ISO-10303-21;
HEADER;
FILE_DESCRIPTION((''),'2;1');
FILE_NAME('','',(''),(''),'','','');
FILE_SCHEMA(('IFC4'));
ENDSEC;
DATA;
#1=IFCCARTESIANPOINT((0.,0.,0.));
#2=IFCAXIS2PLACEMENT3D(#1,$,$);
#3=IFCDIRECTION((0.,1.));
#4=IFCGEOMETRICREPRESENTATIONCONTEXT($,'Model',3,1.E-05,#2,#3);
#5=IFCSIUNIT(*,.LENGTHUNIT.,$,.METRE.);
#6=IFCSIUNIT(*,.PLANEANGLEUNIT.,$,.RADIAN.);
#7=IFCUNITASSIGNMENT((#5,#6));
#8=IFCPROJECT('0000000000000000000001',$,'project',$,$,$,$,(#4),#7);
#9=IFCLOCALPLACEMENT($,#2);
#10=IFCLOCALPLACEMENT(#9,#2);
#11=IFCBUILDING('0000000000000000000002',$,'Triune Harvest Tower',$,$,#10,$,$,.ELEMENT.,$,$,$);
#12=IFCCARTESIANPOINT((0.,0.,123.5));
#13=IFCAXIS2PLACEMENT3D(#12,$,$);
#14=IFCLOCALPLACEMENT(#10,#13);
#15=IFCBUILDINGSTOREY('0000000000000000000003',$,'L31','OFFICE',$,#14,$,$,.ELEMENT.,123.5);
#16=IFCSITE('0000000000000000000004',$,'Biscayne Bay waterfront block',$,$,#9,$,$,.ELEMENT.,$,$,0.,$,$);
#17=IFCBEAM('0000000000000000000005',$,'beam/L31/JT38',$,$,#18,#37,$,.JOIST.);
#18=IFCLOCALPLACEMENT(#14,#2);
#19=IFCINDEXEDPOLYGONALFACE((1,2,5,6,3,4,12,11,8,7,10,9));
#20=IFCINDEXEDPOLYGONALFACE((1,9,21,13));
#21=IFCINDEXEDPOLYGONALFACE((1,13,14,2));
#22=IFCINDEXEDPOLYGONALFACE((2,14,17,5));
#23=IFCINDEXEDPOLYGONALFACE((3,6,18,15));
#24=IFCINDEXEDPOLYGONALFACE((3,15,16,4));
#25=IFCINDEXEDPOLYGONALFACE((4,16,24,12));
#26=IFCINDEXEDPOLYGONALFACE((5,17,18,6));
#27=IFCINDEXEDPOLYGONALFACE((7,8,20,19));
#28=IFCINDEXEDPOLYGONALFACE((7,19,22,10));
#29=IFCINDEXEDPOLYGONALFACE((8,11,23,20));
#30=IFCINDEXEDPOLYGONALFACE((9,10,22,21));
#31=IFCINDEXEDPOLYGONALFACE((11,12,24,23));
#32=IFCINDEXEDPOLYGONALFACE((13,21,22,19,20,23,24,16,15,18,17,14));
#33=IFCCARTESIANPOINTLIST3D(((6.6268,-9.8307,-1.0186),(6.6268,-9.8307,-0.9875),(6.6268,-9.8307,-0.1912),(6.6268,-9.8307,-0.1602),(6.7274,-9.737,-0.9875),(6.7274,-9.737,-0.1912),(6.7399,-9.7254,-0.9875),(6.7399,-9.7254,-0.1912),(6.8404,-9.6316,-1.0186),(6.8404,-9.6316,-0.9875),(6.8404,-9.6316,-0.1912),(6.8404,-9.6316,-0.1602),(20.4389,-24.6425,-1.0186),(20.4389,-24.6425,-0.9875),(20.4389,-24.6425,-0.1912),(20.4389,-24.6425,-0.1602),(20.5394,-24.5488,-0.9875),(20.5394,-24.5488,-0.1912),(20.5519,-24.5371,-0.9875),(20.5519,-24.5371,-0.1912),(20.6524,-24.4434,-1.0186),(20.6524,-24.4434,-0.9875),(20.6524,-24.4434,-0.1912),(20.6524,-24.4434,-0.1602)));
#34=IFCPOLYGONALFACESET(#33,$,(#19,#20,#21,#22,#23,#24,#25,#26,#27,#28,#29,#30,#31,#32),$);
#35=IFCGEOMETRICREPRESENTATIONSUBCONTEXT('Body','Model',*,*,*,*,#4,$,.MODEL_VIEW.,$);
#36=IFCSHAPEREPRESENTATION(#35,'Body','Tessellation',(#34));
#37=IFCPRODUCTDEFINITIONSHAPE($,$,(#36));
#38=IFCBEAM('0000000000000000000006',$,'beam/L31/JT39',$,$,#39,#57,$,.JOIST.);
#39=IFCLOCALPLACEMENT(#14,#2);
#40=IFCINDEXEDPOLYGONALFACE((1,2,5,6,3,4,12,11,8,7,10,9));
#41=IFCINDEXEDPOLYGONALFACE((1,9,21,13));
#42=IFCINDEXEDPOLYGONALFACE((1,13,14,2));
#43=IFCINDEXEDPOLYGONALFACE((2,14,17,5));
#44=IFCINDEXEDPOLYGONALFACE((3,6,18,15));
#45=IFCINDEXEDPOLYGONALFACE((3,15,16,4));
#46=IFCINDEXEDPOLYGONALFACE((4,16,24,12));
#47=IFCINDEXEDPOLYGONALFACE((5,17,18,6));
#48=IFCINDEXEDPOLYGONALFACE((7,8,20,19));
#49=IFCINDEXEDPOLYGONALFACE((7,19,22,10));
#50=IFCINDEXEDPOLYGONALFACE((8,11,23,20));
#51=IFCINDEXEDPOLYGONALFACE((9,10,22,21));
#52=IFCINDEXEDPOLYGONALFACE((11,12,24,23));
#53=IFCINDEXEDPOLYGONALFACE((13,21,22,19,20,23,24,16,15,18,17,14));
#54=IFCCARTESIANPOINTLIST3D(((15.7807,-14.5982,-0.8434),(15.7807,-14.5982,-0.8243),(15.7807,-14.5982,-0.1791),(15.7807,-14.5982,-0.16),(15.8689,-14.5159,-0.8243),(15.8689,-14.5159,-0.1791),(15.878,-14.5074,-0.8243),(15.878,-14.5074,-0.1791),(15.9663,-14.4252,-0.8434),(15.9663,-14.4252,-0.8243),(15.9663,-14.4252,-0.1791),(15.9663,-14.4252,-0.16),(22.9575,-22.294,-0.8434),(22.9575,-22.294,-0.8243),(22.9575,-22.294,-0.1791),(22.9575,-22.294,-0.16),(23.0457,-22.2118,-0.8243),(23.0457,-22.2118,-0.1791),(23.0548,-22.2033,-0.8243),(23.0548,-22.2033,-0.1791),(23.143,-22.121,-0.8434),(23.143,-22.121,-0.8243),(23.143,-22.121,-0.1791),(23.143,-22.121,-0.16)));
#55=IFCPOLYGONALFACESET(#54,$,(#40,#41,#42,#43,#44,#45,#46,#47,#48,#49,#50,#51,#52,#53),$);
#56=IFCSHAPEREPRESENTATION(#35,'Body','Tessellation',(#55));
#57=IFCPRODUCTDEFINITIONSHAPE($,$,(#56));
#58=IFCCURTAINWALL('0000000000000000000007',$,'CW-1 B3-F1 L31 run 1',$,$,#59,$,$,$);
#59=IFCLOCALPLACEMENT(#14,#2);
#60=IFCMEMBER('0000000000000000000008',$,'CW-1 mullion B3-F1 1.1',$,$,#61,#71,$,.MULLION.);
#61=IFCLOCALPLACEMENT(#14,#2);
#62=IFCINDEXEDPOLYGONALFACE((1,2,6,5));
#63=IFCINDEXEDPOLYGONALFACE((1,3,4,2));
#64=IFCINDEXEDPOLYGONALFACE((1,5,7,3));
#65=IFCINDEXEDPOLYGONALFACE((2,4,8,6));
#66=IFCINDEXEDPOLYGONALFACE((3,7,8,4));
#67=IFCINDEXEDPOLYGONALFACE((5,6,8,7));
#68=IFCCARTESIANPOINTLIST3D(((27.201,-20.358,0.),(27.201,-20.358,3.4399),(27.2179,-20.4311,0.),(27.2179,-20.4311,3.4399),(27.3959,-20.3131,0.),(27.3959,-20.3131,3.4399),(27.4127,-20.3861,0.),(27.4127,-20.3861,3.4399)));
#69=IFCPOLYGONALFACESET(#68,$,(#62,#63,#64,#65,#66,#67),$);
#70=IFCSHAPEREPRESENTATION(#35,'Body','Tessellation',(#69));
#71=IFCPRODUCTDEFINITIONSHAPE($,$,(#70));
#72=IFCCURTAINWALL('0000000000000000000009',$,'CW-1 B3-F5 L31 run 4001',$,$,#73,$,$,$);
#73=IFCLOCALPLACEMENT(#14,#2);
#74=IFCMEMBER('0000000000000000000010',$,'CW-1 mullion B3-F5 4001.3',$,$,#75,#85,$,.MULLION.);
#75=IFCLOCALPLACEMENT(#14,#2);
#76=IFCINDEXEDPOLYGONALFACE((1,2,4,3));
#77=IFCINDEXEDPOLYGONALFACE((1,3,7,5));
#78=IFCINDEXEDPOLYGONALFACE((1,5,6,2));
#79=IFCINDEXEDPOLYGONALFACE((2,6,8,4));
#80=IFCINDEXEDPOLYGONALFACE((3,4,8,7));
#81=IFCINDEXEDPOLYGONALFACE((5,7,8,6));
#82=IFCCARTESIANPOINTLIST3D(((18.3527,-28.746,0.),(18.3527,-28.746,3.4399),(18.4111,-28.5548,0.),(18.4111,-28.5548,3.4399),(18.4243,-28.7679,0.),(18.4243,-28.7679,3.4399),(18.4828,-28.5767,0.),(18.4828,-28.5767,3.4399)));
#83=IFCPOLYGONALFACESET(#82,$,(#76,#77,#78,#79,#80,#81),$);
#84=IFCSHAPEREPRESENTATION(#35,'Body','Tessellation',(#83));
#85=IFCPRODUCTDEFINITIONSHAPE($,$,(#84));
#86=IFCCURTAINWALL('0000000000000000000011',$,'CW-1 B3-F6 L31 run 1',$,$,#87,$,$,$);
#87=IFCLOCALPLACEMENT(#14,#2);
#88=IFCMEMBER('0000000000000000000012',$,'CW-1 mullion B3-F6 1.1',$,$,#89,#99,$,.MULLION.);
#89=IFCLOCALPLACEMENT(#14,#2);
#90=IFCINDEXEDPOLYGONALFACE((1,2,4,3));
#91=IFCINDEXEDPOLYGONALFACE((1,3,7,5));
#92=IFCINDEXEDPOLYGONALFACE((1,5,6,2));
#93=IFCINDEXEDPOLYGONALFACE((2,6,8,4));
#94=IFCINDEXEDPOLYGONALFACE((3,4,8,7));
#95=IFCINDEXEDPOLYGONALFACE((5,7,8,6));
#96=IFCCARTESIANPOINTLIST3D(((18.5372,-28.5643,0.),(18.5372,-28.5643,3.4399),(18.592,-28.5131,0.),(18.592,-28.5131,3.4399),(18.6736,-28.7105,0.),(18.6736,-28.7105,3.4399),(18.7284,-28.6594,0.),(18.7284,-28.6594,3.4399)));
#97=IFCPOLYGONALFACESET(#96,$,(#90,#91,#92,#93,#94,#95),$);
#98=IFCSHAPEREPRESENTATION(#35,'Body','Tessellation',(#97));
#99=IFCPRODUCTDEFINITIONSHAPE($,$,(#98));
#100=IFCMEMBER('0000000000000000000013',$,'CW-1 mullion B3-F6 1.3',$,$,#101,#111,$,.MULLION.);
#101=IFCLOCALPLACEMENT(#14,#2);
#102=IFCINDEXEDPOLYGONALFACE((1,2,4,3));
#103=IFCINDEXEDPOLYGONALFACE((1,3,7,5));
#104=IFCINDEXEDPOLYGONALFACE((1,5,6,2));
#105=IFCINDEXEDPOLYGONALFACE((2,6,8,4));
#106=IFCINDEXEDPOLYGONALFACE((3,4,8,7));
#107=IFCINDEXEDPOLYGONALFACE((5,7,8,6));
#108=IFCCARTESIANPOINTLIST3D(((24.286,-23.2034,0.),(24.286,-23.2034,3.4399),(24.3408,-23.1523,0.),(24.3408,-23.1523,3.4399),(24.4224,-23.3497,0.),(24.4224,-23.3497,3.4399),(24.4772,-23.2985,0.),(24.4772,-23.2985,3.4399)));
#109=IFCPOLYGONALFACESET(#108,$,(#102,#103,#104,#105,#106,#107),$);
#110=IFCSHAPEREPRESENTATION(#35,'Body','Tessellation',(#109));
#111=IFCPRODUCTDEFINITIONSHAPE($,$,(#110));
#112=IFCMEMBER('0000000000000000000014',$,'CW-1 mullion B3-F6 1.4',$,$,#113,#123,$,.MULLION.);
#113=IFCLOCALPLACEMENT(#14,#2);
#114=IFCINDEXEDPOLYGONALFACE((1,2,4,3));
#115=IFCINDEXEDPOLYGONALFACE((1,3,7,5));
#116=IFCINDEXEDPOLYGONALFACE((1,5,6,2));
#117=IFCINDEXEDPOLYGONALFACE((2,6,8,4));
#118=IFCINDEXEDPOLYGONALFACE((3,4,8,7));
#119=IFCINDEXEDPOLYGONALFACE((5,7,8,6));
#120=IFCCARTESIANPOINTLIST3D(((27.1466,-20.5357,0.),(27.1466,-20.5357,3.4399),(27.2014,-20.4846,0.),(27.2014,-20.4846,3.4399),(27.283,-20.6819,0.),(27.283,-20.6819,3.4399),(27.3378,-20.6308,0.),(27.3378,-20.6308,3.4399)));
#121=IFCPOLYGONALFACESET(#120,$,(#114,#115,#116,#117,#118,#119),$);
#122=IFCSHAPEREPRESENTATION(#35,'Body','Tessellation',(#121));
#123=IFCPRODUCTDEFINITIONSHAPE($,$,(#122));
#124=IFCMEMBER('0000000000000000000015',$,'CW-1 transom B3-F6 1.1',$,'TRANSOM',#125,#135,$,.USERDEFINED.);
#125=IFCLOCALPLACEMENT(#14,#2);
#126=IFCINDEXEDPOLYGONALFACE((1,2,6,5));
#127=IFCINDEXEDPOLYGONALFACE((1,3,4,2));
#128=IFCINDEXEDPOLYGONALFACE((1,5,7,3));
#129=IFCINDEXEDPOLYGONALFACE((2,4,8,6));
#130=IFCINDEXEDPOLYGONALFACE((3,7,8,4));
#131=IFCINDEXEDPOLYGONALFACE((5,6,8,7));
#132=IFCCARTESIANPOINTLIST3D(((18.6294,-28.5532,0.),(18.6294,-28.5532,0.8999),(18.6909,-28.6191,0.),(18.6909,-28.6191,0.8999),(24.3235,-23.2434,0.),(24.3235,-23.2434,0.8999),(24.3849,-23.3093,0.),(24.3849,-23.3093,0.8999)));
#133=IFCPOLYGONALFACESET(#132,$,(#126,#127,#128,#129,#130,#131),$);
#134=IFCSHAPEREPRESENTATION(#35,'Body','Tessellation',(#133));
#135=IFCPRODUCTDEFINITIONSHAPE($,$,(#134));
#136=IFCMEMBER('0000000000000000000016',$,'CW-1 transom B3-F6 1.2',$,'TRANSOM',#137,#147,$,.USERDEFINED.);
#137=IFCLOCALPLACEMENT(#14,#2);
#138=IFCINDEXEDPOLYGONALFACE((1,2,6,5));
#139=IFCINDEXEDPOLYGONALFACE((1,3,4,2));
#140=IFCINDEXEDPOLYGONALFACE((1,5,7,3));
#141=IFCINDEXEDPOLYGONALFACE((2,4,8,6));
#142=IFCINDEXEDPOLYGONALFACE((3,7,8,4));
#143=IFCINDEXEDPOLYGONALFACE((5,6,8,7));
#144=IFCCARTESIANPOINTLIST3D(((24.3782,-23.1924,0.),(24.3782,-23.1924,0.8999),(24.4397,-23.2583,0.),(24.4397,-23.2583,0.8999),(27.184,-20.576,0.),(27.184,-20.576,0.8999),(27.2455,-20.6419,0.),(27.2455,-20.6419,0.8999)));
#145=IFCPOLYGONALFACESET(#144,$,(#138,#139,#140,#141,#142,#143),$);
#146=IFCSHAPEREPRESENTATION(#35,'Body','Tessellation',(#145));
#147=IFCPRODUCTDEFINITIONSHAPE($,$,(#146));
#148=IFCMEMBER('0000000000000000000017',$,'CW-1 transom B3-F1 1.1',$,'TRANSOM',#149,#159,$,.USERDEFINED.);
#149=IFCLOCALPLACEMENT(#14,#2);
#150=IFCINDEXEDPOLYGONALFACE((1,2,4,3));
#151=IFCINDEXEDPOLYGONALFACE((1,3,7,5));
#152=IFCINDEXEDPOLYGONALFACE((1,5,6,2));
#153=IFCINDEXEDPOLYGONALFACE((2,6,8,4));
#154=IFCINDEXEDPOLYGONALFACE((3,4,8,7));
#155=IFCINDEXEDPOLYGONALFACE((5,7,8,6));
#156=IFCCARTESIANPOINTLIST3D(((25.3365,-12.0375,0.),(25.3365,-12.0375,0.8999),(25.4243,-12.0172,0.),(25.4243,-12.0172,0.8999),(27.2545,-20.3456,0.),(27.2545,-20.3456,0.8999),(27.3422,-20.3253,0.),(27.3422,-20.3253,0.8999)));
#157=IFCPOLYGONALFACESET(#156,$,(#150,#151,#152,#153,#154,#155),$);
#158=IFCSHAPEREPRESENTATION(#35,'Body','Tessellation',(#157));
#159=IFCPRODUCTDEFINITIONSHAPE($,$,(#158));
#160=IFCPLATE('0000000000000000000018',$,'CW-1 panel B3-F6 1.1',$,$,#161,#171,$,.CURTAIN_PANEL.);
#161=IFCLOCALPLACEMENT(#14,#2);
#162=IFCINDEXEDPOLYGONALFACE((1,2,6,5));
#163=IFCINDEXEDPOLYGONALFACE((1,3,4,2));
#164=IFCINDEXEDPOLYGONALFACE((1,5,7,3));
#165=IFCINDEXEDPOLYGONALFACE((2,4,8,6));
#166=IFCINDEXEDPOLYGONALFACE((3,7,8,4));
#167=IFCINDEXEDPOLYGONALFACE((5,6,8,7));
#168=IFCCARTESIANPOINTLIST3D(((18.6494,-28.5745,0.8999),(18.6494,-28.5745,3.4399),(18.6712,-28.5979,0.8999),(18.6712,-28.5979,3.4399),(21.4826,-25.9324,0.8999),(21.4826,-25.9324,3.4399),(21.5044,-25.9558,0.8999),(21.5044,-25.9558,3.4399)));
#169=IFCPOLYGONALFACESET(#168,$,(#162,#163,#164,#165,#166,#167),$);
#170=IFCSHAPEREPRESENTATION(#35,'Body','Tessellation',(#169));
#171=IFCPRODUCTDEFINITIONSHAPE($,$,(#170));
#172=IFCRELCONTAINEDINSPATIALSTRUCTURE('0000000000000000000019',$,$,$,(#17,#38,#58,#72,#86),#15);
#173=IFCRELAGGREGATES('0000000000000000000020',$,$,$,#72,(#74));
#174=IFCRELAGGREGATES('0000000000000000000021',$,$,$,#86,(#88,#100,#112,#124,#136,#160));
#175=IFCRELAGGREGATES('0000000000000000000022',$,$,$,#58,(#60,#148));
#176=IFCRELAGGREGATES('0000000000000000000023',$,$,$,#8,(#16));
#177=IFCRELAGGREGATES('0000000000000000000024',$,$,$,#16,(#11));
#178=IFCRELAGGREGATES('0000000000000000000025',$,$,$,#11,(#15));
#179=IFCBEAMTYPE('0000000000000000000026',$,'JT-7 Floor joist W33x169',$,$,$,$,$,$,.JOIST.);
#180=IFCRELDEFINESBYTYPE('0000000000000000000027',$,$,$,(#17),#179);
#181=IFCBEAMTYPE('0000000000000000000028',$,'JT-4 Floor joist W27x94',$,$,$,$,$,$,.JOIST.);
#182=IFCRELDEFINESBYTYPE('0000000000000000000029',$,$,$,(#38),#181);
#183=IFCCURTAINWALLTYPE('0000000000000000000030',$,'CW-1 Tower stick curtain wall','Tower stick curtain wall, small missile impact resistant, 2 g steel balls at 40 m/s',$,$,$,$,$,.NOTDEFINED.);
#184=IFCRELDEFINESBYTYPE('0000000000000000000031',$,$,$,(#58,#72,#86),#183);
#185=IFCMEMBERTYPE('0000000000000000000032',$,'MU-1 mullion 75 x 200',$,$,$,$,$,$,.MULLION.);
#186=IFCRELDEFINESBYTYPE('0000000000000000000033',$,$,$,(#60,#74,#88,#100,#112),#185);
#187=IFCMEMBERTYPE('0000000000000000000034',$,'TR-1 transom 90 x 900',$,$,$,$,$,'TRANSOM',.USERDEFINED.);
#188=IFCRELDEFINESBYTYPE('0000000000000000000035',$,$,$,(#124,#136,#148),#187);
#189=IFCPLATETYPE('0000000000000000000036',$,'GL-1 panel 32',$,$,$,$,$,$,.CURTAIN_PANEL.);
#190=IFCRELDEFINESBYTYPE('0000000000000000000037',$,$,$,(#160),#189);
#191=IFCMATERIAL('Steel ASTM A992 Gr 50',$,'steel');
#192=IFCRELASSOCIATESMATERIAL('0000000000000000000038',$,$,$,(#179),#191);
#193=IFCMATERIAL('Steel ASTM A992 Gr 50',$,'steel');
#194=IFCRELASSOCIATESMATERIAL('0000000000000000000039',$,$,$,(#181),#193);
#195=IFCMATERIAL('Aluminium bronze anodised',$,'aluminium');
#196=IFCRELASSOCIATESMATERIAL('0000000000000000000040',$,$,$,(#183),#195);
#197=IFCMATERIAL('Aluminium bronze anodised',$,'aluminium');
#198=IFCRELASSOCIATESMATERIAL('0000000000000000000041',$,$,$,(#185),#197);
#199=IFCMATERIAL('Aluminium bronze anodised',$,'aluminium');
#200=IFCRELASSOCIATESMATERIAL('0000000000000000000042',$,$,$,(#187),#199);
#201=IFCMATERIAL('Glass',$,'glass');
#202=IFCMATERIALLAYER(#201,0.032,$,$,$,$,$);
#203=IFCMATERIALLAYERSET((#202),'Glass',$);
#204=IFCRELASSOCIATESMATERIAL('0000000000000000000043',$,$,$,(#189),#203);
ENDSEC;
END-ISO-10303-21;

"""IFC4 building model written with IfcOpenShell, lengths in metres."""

from ifc_helpers import new_model, si_unit, direction, frame, origin, origin_2d, place, context, subcontext, project, spatial, rectangle, i_section, extrude, source, transform, mapped, material, layer, layer_set, material_profile, profile_set, type_object, element, aggregate, save


model = new_model("IFC4")

# Units and contexts
model_context = context("Model", 3, precision=1e-05, world=origin(), true_north=direction((0.0, 1.0)))
body_context = subcontext(model_context, "Body", "Model", "MODEL_VIEW")
ifc_project = project(units=[si_unit("LENGTHUNIT", "METRE"), si_unit("PLANEANGLEUNIT", "RADIAN")], contexts=[model_context])

# Site, building, storey
site_placement = place(None, origin())
site = spatial("IfcSite", under=ifc_project, at=site_placement, Name="Biscayne Bay waterfront block", CompositionType="ELEMENT", RefElevation=0.0)
building_placement = place(site_placement, origin())
building = spatial("IfcBuilding", under=site, at=building_placement, Name="Triune Harvest Tower", CompositionType="ELEMENT")
storey_placement = place(building_placement, frame((0.0, 0.0, 123.5)))
storey = spatial("IfcBuildingStorey", under=building, at=storey_placement, Name="L31", Description="OFFICE", CompositionType="ELEMENT", Elevation=123.5)

# Beams
ifc_material_1 = material(Name="Steel ASTM A992 Gr 50", Category="steel")
ifc_material_profile_1 = material_profile(ifc_material_1, i_section(OverallWidth=0.292, OverallDepth=0.8584, WebThickness=0.0171, FlangeThickness=0.031, at=origin_2d()), Name="W33x169")
ifc_profile_set_1 = profile_set([ifc_material_profile_1], Name="Steel ASTM A992 Gr 50")
beam_type_1 = type_object("IfcBeamType", Name="JT-7 Floor joist W33x169", PredefinedType="JOIST", material=ifc_profile_set_1)
shared_shape_1 = source(origin(), body_context, "Body", "SweptSolid", [
    extrude(i_section(OverallWidth=0.292, OverallDepth=0.8584, WebThickness=0.0171, FlangeThickness=0.031, at=origin_2d()), origin(), (0.0, 0.0, 1.0), 20.2524),
])
beam_1_placement = place(storey_placement, frame((20.5457, -24.543, -0.5894), z_axis=(-0.681993, 0.731358, 0.0), x_axis=(-0.731358, -0.681993, 0.0)))
element("IfcBeam", 1, at=beam_1_placement, inside=storey, type_object=beam_type_1, Name="beam/L31/JT38", PredefinedType="JOIST", context=body_context, shape_type="MappedRepresentation", body=[
    mapped(shared_shape_1, transform((0.0, 0.0, 0.0), scale=1.0)),
])
ifc_material_2 = material(Name="Steel ASTM A992 Gr 50", Category="steel")
ifc_material_profile_2 = material_profile(ifc_material_2, i_section(OverallWidth=0.2537, OverallDepth=0.6833, WebThickness=0.0125, FlangeThickness=0.019, at=origin_2d()), Name="W27x94")
ifc_profile_set_2 = profile_set([ifc_material_profile_2], Name="Steel ASTM A992 Gr 50")
beam_type_2 = type_object("IfcBeamType", Name="JT-4 Floor joist W27x94", PredefinedType="JOIST", material=ifc_profile_set_2)
shared_shape_2 = source(origin(), body_context, "Body", "SweptSolid", [
    extrude(i_section(OverallWidth=0.2537, OverallDepth=0.6833, WebThickness=0.0125, FlangeThickness=0.019, at=origin_2d()), origin(), (0.0, 0.0, 1.0), 10.5229),
])
beam_2_placement = place(storey_placement, frame((23.0503, -22.2075, -0.5017), z_axis=(-0.682014, 0.731339, 0.0), x_axis=(-0.731339, -0.682014, 0.0)))
element("IfcBeam", 2, at=beam_2_placement, inside=storey, type_object=beam_type_2, Name="beam/L31/JT39", PredefinedType="JOIST", context=body_context, shape_type="MappedRepresentation", body=[
    mapped(shared_shape_2, transform((0.0, 0.0, 0.0), scale=1.0)),
])

# Curtain walls, members
ifc_material_3 = material(Name="Aluminium bronze anodised", Category="aluminium")
curtain_wall_type = type_object("IfcCurtainWallType", Name="CW-1 Tower stick curtain wall", Description="Tower stick curtain wall, small missile impact resistant, 2 g steel balls at 40 m/s", PredefinedType="NOTDEFINED", material=ifc_material_3)
curtain_wall_1_placement = place(storey_placement, origin())
curtain_wall_1 = element("IfcCurtainWall", 3, at=curtain_wall_1_placement, inside=storey, type_object=curtain_wall_type, Name="CW-1 B3-F1 L31 run 1")
ifc_material_4 = material(Name="Aluminium bronze anodised", Category="aluminium")
ifc_material_profile_3 = material_profile(ifc_material_4, rectangle(XDim=0.2, YDim=0.075, at=origin_2d()), Name="MU-1 mullion 75 x 200")
ifc_profile_set_3 = profile_set([ifc_material_profile_3], Name="Aluminium bronze anodised")
member_type_1 = type_object("IfcMemberType", Name="MU-1 mullion 75 x 200", PredefinedType="MULLION", material=ifc_profile_set_3)
shared_shape_3 = source(origin(), body_context, "Body", "SweptSolid", [
    extrude(rectangle(XDim=0.2, YDim=0.075, at=origin_2d()), origin(), (0.0, 0.0, 1.0), 3.4399),
])
member_1_placement = place(storey_placement, frame((27.3069, -20.3721, 0.0), z_axis=(0.0, 0.0, 1.0), x_axis=(-0.974369, -0.224954, 0.0)))
member_1 = element("IfcMember", 4, at=member_1_placement, type_object=member_type_1, Name="CW-1 mullion B3-F1 1.1", PredefinedType="MULLION", context=body_context, shape_type="MappedRepresentation", body=[
    mapped(shared_shape_3, transform((0.0, 0.0, 0.0), scale=1.0)),
])
curtain_wall_2_placement = place(storey_placement, origin())
curtain_wall_2 = element("IfcCurtainWall", 5, at=curtain_wall_2_placement, inside=storey, type_object=curtain_wall_type, Name="CW-1 B3-F5 L31 run 4001")
member_2_placement = place(storey_placement, frame((18.4177, -28.6614, 0.0), z_axis=(0.0, 0.0, 1.0), x_axis=(0.292377, 0.956303, 0.0)))
member_2 = element("IfcMember", 6, at=member_2_placement, type_object=member_type_1, Name="CW-1 mullion B3-F5 4001.3", PredefinedType="MULLION", context=body_context, shape_type="MappedRepresentation", body=[
    mapped(shared_shape_3, transform((0.0, 0.0, 0.0), scale=1.0)),
])
aggregate(curtain_wall_2, [member_2])

# Curtain wall, members
curtain_wall_3_placement = place(storey_placement, origin())
curtain_wall_3 = element("IfcCurtainWall", 7, at=curtain_wall_3_placement, inside=storey, type_object=curtain_wall_type, Name="CW-1 B3-F6 L31 run 1")
member_3_placement = place(storey_placement, frame((18.6328, -28.6118, 0.0), z_axis=(0.0, 0.0, 1.0), x_axis=(-0.682002, 0.73135, 0.0)))
member_3 = element("IfcMember", 8, at=member_3_placement, type_object=member_type_1, Name="CW-1 mullion B3-F6 1.1", PredefinedType="MULLION", context=body_context, shape_type="MappedRepresentation", body=[
    mapped(shared_shape_3, transform((0.0, 0.0, 0.0), scale=1.0)),
])
member_4_placement = place(storey_placement, frame((24.3816, -23.251, 0.0), z_axis=(0.0, 0.0, 1.0), x_axis=(-0.682002, 0.73135, 0.0)))
member_4 = element("IfcMember", 9, at=member_4_placement, type_object=member_type_1, Name="CW-1 mullion B3-F6 1.3", PredefinedType="MULLION", context=body_context, shape_type="MappedRepresentation", body=[
    mapped(shared_shape_3, transform((0.0, 0.0, 0.0), scale=1.0)),
])
member_5_placement = place(storey_placement, frame((27.2422, -20.5833, 0.0), z_axis=(0.0, 0.0, 1.0), x_axis=(-0.682002, 0.73135, 0.0)))
member_5 = element("IfcMember", 10, at=member_5_placement, type_object=member_type_1, Name="CW-1 mullion B3-F6 1.4", PredefinedType="MULLION", context=body_context, shape_type="MappedRepresentation", body=[
    mapped(shared_shape_3, transform((0.0, 0.0, 0.0), scale=1.0)),
])
ifc_material_5 = material(Name="Aluminium bronze anodised", Category="aluminium")
ifc_material_profile_4 = material_profile(ifc_material_5, rectangle(XDim=0.0901, YDim=0.8999, at=origin_2d()), Name="TR-1 transom 90 x 900")
ifc_profile_set_4 = profile_set([ifc_material_profile_4], Name="Aluminium bronze anodised")
member_type_2 = type_object("IfcMemberType", Name="TR-1 transom 90 x 900", ElementType="TRANSOM", PredefinedType="USERDEFINED", material=ifc_profile_set_4)
shared_shape_4 = source(origin(), body_context, "Body", "SweptSolid", [
    extrude(rectangle(XDim=0.0901, YDim=0.8999, at=origin_2d()), origin(), (0.0, 0.0, 1.0), 7.7856),
])
member_6_placement = place(storey_placement, frame((18.6602, -28.5862, 0.45), z_axis=(0.731354, 0.681998, 0.0), x_axis=(-0.681998, 0.731354, 0.0)))
member_6 = element("IfcMember", 11, at=member_6_placement, type_object=member_type_2, Name="CW-1 transom B3-F6 1.1", ObjectType="TRANSOM", PredefinedType="USERDEFINED", context=body_context, shape_type="MappedRepresentation", body=[
    mapped(shared_shape_4, transform((0.0, 0.0, 0.0), scale=1.0)),
])
shared_shape_5 = source(origin(), body_context, "Body", "SweptSolid", [
    extrude(rectangle(XDim=0.0901, YDim=0.8999, at=origin_2d()), origin(), (0.0, 0.0, 1.0), 3.8364),
])
member_7_placement = place(storey_placement, frame((24.4089, -23.2253, 0.45), z_axis=(0.731366, 0.681985, 0.0), x_axis=(-0.681985, 0.731366, 0.0)))
member_7 = element("IfcMember", 12, at=member_7_placement, type_object=member_type_2, Name="CW-1 transom B3-F6 1.2", ObjectType="TRANSOM", PredefinedType="USERDEFINED", context=body_context, shape_type="MappedRepresentation", body=[
    mapped(shared_shape_5, transform((0.0, 0.0, 0.0), scale=1.0)),
])

# Member
shared_shape_6 = source(origin(), body_context, "Body", "SweptSolid", [
    extrude(rectangle(XDim=0.0901, YDim=0.8999, at=origin_2d()), origin(), (0.0, 0.0, 1.0), 8.5266),
])
member_8_placement = place(storey_placement, frame((27.2983, -20.3354, 0.45), z_axis=(-0.224939, 0.974373, 0.0), x_axis=(-0.974373, -0.224939, 0.0)))
member_8 = element("IfcMember", 13, at=member_8_placement, type_object=member_type_2, Name="CW-1 transom B3-F1 1.1", ObjectType="TRANSOM", PredefinedType="USERDEFINED", context=body_context, shape_type="MappedRepresentation", body=[
    mapped(shared_shape_6, transform((0.0, 0.0, 0.0), scale=1.0)),
])

# Plate
ifc_material_6 = material(Name="Glass", Category="glass")
ifc_layer_1 = layer(ifc_material_6, 0.032)
ifc_layer_set_1 = layer_set([ifc_layer_1], Name="Glass")
plate_type = type_object("IfcPlateType", Name="GL-1 panel 32", PredefinedType="CURTAIN_PANEL", material=ifc_layer_set_1)
shared_shape_7 = source(origin(), body_context, "Body", "SweptSolid", [
    extrude(rectangle(XDim=3.874, YDim=0.032, at=origin_2d()), origin(), (0.0, 0.0, 1.0), 2.54),
])
plate_1_placement = place(storey_placement, frame((20.0769, -27.2651, 0.8999), z_axis=(0.0, 0.0, 1.0), x_axis=(0.73135, 0.682002, 0.0)))
plate_1 = element("IfcPlate", 14, at=plate_1_placement, type_object=plate_type, Name="CW-1 panel B3-F6 1.1", PredefinedType="CURTAIN_PANEL", context=body_context, shape_type="MappedRepresentation", body=[
    mapped(shared_shape_7, transform((0.0, 0.0, 0.0), scale=1.0)),
])
aggregate(curtain_wall_3, [member_3, member_4, member_5, member_6, member_7, plate_1])
aggregate(curtain_wall_1, [member_1, member_8])

save(model, "model.ifc")
